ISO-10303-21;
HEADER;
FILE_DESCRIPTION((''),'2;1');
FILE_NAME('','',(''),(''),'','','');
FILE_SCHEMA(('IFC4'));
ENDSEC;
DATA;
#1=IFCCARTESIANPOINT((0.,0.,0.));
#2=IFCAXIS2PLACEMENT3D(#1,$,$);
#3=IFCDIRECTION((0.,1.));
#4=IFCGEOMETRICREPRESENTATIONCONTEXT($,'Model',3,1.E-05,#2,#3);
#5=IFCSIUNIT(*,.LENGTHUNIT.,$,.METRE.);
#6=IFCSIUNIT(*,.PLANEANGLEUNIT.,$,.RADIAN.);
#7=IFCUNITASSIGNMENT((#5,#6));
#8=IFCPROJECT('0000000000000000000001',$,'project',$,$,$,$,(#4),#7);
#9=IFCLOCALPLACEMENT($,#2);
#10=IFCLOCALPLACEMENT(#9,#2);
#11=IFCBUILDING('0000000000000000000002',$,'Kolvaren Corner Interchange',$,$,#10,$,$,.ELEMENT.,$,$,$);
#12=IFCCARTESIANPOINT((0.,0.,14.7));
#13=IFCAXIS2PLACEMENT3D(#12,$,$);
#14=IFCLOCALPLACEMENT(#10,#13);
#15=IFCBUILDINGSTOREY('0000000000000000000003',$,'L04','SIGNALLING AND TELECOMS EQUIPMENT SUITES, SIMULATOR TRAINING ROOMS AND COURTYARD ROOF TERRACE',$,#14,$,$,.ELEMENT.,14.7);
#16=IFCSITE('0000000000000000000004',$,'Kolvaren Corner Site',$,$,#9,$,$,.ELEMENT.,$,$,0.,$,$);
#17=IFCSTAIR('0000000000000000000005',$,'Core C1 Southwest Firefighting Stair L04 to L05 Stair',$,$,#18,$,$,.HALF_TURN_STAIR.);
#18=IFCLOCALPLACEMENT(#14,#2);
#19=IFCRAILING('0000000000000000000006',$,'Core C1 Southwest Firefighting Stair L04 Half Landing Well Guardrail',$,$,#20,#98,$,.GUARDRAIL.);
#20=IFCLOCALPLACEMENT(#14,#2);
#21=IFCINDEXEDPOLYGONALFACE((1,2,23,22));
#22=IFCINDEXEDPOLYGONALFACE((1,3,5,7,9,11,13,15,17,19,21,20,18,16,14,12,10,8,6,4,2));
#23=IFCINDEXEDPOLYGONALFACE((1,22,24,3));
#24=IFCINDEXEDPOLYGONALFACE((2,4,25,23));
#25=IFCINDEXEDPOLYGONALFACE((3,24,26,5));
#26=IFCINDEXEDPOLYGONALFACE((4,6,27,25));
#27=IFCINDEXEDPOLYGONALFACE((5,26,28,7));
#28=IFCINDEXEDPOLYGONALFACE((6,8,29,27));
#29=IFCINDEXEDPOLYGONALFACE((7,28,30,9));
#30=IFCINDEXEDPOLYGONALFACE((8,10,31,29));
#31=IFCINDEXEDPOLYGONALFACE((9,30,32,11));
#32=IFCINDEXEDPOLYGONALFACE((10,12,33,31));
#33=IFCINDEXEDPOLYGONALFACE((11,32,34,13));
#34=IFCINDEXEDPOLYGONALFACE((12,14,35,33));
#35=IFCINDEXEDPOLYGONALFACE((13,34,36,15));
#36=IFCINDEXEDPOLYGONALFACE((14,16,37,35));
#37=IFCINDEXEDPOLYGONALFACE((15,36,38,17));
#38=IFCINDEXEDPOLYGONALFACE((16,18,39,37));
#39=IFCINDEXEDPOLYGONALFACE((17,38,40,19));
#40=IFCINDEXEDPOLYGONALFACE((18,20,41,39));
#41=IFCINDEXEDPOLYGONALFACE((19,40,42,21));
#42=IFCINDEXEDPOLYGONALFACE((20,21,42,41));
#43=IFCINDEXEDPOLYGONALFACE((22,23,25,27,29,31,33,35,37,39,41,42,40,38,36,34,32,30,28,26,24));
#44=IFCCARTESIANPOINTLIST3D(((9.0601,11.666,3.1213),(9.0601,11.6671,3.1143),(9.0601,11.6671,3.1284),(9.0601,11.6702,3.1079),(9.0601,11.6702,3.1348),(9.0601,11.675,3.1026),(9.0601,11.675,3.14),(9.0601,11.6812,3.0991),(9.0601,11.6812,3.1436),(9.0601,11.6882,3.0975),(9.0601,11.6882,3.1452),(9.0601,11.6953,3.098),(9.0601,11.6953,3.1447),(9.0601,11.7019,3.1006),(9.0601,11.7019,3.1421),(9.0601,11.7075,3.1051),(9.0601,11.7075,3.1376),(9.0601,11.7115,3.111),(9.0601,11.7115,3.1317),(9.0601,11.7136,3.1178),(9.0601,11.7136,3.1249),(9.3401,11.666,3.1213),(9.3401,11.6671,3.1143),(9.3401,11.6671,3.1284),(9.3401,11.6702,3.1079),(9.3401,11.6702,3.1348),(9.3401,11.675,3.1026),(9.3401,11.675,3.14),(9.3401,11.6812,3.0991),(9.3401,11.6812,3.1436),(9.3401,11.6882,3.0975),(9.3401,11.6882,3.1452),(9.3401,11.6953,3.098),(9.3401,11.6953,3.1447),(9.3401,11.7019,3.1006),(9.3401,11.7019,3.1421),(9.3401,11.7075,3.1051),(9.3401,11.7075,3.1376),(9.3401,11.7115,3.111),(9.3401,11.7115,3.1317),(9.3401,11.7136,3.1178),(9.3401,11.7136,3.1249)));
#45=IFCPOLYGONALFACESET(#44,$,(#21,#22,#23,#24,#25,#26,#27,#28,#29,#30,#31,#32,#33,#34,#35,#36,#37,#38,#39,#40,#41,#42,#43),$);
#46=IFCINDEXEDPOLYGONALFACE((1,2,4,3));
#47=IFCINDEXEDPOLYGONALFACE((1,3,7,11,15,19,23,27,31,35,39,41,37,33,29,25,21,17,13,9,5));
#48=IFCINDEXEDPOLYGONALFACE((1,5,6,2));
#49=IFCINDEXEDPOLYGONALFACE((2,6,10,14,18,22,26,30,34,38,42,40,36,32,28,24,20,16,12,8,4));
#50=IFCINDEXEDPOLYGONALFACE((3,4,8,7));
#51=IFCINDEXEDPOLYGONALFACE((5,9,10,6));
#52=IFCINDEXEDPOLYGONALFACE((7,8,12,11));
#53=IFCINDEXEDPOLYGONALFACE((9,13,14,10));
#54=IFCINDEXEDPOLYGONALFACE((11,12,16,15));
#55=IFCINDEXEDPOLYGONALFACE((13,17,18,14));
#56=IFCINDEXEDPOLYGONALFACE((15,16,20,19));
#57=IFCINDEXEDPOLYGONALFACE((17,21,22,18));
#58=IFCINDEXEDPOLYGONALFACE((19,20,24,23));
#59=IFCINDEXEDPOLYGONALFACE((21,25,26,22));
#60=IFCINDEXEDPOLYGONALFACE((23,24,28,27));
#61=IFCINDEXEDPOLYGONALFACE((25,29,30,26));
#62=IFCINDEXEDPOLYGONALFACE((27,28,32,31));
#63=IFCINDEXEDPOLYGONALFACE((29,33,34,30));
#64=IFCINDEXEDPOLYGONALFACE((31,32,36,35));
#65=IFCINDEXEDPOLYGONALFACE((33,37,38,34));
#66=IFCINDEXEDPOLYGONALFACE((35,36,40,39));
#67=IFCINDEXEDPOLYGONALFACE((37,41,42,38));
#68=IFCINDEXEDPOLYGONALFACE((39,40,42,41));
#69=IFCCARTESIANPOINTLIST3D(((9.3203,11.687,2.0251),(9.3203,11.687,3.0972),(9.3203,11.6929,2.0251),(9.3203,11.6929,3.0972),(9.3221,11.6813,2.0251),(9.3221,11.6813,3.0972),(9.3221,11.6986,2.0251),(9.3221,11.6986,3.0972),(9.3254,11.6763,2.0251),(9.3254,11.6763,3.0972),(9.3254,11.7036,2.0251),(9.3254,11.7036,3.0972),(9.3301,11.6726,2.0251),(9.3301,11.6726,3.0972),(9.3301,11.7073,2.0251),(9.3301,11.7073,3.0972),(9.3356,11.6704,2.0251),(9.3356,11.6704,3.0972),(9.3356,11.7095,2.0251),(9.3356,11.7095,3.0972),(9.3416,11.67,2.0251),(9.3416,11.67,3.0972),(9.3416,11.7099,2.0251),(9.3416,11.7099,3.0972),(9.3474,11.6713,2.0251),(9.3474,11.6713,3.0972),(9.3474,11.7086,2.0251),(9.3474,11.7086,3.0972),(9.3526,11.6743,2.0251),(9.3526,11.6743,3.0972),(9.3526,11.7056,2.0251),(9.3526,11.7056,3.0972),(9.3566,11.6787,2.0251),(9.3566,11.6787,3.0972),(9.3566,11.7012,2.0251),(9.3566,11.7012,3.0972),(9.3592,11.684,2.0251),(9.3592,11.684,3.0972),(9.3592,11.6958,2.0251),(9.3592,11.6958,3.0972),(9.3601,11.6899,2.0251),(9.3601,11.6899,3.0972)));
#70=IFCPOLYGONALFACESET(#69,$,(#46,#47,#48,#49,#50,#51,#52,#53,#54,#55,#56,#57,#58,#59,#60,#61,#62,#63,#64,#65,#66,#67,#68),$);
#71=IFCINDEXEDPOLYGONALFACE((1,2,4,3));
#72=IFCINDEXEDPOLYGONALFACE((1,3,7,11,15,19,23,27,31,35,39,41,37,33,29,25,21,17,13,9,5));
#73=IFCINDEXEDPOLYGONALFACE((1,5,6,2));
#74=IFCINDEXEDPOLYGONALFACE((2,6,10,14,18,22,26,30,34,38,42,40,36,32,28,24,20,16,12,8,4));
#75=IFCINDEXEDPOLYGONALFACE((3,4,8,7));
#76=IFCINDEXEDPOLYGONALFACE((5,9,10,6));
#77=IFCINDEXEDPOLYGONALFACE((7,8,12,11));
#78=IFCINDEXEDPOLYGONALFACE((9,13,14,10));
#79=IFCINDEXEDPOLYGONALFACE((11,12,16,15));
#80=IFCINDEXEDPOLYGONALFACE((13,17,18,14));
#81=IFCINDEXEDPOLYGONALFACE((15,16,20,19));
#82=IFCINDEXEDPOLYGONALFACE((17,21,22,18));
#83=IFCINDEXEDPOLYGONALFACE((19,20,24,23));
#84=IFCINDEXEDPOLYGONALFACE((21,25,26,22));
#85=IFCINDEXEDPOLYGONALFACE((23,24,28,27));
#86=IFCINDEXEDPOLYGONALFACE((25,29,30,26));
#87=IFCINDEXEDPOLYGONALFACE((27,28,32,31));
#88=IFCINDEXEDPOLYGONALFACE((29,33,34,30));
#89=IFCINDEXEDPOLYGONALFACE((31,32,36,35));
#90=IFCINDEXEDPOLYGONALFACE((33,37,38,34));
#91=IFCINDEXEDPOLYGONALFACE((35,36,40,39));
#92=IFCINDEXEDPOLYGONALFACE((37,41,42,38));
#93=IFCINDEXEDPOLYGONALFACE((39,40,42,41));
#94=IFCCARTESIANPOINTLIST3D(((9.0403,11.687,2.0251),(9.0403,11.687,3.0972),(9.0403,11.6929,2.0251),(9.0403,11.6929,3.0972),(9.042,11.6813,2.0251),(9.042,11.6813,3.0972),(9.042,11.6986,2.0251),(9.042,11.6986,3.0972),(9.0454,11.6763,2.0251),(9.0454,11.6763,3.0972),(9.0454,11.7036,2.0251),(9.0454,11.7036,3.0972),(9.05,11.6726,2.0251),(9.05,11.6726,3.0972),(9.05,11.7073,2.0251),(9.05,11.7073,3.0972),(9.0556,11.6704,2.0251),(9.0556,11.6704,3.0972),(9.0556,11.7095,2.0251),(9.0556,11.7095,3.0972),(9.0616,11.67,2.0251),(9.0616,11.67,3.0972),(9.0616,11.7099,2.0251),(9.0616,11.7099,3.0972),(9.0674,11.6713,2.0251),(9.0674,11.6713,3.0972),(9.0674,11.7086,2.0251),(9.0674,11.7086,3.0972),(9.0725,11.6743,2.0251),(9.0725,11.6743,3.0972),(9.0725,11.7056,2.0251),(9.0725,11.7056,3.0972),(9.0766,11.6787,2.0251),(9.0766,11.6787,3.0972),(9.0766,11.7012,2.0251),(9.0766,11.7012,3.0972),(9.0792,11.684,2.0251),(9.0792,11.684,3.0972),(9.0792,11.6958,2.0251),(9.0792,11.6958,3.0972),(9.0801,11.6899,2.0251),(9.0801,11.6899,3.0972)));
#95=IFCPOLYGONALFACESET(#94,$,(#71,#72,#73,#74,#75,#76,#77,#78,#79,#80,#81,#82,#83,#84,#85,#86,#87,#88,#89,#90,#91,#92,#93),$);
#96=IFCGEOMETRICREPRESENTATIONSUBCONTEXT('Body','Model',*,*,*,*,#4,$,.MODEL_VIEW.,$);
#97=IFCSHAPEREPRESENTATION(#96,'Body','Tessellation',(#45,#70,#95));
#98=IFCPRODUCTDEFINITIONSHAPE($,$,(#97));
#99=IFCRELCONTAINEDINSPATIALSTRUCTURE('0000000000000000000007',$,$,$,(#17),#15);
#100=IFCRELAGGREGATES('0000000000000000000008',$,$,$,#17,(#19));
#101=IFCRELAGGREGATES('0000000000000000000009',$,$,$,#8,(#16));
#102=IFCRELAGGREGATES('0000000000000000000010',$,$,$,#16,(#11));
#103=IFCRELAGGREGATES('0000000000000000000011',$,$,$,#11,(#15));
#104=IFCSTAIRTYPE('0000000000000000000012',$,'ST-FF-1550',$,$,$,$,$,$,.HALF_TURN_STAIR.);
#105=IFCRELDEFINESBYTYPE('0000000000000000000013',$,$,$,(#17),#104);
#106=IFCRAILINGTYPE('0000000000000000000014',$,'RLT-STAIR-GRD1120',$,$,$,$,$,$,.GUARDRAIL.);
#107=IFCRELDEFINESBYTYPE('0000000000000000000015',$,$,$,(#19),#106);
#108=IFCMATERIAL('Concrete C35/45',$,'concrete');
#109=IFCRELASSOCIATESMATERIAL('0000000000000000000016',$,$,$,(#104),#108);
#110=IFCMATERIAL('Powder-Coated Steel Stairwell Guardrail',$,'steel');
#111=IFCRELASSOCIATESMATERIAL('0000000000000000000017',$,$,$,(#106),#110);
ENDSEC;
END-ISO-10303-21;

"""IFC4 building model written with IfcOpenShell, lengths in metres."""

from ifc_helpers import new_model, si_unit, direction, frame, origin, origin_2d, place, context, subcontext, project, spatial, circle, extrude, material, type_object, element, aggregate, save


model = new_model("IFC4")

# Units and contexts
model_context = context("Model", 3, precision=1e-05, world=origin(), true_north=direction((0.0, 1.0)))
body_context = subcontext(model_context, "Body", "Model", "MODEL_VIEW")
ifc_project = project(units=[si_unit("LENGTHUNIT", "METRE"), si_unit("PLANEANGLEUNIT", "RADIAN")], contexts=[model_context])

# Site, building, storey
site_placement = place(None, origin())
site = spatial("IfcSite", under=ifc_project, at=site_placement, Name="Kolvaren Corner Site", CompositionType="ELEMENT", RefElevation=0.0)
building_placement = place(site_placement, origin())
building = spatial("IfcBuilding", under=site, at=building_placement, Name="Kolvaren Corner Interchange", CompositionType="ELEMENT")
storey_placement = place(building_placement, frame((0.0, 0.0, 14.7)))
storey = spatial("IfcBuildingStorey", under=building, at=storey_placement, Name="L04", Description="SIGNALLING AND TELECOMS EQUIPMENT SUITES, SIMULATOR TRAINING ROOMS AND COURTYARD ROOF TERRACE", CompositionType="ELEMENT", Elevation=14.7)

# Stair
ifc_material_1 = material(Name="Concrete C35/45", Category="concrete")
stair_type = type_object("IfcStairType", Name="ST-FF-1550", PredefinedType="HALF_TURN_STAIR", material=ifc_material_1)
stair_placement = place(storey_placement, origin())
stair = element("IfcStair", 1, at=stair_placement, inside=storey, type_object=stair_type, Name="Core C1 Southwest Firefighting Stair L04 to L05 Stair", PredefinedType="HALF_TURN_STAIR")

# Railing
ifc_material_2 = material(Name="Powder-Coated Steel Stairwell Guardrail", Category="steel")
railing_type_1 = type_object("IfcRailingType", Name="RLT-STAIR-GRD1120", PredefinedType="GUARDRAIL", material=ifc_material_2)
railing_1_placement = place(storey_placement, frame((9.3401, 11.6899, 2.0251)))
railing_1 = element("IfcRailing", 2, at=railing_1_placement, type_object=railing_type_1, Name="Core C1 Southwest Firefighting Stair L04 Half Landing Well Guardrail", PredefinedType="GUARDRAIL", context=body_context, shape_type="SweptSolid", body=[
    extrude(circle(Radius=0.0239, at=origin_2d()), frame((0.0, 0.0, 1.0962), z_axis=(-1.0, 0.0, 0.0), x_axis=(0.0, -1.0, 0.0)), (0.0, 0.0, 1.0), 0.28),
    extrude(circle(Radius=0.02, at=origin_2d()), origin(), (0.0, 0.0, 1.0), 1.072),
    extrude(circle(Radius=0.02, at=origin_2d()), frame((-0.28, 0.0, 0.0)), (0.0, 0.0, 1.0), 1.072),
])
aggregate(stair, [railing_1])

save(model, "model.ifc")
